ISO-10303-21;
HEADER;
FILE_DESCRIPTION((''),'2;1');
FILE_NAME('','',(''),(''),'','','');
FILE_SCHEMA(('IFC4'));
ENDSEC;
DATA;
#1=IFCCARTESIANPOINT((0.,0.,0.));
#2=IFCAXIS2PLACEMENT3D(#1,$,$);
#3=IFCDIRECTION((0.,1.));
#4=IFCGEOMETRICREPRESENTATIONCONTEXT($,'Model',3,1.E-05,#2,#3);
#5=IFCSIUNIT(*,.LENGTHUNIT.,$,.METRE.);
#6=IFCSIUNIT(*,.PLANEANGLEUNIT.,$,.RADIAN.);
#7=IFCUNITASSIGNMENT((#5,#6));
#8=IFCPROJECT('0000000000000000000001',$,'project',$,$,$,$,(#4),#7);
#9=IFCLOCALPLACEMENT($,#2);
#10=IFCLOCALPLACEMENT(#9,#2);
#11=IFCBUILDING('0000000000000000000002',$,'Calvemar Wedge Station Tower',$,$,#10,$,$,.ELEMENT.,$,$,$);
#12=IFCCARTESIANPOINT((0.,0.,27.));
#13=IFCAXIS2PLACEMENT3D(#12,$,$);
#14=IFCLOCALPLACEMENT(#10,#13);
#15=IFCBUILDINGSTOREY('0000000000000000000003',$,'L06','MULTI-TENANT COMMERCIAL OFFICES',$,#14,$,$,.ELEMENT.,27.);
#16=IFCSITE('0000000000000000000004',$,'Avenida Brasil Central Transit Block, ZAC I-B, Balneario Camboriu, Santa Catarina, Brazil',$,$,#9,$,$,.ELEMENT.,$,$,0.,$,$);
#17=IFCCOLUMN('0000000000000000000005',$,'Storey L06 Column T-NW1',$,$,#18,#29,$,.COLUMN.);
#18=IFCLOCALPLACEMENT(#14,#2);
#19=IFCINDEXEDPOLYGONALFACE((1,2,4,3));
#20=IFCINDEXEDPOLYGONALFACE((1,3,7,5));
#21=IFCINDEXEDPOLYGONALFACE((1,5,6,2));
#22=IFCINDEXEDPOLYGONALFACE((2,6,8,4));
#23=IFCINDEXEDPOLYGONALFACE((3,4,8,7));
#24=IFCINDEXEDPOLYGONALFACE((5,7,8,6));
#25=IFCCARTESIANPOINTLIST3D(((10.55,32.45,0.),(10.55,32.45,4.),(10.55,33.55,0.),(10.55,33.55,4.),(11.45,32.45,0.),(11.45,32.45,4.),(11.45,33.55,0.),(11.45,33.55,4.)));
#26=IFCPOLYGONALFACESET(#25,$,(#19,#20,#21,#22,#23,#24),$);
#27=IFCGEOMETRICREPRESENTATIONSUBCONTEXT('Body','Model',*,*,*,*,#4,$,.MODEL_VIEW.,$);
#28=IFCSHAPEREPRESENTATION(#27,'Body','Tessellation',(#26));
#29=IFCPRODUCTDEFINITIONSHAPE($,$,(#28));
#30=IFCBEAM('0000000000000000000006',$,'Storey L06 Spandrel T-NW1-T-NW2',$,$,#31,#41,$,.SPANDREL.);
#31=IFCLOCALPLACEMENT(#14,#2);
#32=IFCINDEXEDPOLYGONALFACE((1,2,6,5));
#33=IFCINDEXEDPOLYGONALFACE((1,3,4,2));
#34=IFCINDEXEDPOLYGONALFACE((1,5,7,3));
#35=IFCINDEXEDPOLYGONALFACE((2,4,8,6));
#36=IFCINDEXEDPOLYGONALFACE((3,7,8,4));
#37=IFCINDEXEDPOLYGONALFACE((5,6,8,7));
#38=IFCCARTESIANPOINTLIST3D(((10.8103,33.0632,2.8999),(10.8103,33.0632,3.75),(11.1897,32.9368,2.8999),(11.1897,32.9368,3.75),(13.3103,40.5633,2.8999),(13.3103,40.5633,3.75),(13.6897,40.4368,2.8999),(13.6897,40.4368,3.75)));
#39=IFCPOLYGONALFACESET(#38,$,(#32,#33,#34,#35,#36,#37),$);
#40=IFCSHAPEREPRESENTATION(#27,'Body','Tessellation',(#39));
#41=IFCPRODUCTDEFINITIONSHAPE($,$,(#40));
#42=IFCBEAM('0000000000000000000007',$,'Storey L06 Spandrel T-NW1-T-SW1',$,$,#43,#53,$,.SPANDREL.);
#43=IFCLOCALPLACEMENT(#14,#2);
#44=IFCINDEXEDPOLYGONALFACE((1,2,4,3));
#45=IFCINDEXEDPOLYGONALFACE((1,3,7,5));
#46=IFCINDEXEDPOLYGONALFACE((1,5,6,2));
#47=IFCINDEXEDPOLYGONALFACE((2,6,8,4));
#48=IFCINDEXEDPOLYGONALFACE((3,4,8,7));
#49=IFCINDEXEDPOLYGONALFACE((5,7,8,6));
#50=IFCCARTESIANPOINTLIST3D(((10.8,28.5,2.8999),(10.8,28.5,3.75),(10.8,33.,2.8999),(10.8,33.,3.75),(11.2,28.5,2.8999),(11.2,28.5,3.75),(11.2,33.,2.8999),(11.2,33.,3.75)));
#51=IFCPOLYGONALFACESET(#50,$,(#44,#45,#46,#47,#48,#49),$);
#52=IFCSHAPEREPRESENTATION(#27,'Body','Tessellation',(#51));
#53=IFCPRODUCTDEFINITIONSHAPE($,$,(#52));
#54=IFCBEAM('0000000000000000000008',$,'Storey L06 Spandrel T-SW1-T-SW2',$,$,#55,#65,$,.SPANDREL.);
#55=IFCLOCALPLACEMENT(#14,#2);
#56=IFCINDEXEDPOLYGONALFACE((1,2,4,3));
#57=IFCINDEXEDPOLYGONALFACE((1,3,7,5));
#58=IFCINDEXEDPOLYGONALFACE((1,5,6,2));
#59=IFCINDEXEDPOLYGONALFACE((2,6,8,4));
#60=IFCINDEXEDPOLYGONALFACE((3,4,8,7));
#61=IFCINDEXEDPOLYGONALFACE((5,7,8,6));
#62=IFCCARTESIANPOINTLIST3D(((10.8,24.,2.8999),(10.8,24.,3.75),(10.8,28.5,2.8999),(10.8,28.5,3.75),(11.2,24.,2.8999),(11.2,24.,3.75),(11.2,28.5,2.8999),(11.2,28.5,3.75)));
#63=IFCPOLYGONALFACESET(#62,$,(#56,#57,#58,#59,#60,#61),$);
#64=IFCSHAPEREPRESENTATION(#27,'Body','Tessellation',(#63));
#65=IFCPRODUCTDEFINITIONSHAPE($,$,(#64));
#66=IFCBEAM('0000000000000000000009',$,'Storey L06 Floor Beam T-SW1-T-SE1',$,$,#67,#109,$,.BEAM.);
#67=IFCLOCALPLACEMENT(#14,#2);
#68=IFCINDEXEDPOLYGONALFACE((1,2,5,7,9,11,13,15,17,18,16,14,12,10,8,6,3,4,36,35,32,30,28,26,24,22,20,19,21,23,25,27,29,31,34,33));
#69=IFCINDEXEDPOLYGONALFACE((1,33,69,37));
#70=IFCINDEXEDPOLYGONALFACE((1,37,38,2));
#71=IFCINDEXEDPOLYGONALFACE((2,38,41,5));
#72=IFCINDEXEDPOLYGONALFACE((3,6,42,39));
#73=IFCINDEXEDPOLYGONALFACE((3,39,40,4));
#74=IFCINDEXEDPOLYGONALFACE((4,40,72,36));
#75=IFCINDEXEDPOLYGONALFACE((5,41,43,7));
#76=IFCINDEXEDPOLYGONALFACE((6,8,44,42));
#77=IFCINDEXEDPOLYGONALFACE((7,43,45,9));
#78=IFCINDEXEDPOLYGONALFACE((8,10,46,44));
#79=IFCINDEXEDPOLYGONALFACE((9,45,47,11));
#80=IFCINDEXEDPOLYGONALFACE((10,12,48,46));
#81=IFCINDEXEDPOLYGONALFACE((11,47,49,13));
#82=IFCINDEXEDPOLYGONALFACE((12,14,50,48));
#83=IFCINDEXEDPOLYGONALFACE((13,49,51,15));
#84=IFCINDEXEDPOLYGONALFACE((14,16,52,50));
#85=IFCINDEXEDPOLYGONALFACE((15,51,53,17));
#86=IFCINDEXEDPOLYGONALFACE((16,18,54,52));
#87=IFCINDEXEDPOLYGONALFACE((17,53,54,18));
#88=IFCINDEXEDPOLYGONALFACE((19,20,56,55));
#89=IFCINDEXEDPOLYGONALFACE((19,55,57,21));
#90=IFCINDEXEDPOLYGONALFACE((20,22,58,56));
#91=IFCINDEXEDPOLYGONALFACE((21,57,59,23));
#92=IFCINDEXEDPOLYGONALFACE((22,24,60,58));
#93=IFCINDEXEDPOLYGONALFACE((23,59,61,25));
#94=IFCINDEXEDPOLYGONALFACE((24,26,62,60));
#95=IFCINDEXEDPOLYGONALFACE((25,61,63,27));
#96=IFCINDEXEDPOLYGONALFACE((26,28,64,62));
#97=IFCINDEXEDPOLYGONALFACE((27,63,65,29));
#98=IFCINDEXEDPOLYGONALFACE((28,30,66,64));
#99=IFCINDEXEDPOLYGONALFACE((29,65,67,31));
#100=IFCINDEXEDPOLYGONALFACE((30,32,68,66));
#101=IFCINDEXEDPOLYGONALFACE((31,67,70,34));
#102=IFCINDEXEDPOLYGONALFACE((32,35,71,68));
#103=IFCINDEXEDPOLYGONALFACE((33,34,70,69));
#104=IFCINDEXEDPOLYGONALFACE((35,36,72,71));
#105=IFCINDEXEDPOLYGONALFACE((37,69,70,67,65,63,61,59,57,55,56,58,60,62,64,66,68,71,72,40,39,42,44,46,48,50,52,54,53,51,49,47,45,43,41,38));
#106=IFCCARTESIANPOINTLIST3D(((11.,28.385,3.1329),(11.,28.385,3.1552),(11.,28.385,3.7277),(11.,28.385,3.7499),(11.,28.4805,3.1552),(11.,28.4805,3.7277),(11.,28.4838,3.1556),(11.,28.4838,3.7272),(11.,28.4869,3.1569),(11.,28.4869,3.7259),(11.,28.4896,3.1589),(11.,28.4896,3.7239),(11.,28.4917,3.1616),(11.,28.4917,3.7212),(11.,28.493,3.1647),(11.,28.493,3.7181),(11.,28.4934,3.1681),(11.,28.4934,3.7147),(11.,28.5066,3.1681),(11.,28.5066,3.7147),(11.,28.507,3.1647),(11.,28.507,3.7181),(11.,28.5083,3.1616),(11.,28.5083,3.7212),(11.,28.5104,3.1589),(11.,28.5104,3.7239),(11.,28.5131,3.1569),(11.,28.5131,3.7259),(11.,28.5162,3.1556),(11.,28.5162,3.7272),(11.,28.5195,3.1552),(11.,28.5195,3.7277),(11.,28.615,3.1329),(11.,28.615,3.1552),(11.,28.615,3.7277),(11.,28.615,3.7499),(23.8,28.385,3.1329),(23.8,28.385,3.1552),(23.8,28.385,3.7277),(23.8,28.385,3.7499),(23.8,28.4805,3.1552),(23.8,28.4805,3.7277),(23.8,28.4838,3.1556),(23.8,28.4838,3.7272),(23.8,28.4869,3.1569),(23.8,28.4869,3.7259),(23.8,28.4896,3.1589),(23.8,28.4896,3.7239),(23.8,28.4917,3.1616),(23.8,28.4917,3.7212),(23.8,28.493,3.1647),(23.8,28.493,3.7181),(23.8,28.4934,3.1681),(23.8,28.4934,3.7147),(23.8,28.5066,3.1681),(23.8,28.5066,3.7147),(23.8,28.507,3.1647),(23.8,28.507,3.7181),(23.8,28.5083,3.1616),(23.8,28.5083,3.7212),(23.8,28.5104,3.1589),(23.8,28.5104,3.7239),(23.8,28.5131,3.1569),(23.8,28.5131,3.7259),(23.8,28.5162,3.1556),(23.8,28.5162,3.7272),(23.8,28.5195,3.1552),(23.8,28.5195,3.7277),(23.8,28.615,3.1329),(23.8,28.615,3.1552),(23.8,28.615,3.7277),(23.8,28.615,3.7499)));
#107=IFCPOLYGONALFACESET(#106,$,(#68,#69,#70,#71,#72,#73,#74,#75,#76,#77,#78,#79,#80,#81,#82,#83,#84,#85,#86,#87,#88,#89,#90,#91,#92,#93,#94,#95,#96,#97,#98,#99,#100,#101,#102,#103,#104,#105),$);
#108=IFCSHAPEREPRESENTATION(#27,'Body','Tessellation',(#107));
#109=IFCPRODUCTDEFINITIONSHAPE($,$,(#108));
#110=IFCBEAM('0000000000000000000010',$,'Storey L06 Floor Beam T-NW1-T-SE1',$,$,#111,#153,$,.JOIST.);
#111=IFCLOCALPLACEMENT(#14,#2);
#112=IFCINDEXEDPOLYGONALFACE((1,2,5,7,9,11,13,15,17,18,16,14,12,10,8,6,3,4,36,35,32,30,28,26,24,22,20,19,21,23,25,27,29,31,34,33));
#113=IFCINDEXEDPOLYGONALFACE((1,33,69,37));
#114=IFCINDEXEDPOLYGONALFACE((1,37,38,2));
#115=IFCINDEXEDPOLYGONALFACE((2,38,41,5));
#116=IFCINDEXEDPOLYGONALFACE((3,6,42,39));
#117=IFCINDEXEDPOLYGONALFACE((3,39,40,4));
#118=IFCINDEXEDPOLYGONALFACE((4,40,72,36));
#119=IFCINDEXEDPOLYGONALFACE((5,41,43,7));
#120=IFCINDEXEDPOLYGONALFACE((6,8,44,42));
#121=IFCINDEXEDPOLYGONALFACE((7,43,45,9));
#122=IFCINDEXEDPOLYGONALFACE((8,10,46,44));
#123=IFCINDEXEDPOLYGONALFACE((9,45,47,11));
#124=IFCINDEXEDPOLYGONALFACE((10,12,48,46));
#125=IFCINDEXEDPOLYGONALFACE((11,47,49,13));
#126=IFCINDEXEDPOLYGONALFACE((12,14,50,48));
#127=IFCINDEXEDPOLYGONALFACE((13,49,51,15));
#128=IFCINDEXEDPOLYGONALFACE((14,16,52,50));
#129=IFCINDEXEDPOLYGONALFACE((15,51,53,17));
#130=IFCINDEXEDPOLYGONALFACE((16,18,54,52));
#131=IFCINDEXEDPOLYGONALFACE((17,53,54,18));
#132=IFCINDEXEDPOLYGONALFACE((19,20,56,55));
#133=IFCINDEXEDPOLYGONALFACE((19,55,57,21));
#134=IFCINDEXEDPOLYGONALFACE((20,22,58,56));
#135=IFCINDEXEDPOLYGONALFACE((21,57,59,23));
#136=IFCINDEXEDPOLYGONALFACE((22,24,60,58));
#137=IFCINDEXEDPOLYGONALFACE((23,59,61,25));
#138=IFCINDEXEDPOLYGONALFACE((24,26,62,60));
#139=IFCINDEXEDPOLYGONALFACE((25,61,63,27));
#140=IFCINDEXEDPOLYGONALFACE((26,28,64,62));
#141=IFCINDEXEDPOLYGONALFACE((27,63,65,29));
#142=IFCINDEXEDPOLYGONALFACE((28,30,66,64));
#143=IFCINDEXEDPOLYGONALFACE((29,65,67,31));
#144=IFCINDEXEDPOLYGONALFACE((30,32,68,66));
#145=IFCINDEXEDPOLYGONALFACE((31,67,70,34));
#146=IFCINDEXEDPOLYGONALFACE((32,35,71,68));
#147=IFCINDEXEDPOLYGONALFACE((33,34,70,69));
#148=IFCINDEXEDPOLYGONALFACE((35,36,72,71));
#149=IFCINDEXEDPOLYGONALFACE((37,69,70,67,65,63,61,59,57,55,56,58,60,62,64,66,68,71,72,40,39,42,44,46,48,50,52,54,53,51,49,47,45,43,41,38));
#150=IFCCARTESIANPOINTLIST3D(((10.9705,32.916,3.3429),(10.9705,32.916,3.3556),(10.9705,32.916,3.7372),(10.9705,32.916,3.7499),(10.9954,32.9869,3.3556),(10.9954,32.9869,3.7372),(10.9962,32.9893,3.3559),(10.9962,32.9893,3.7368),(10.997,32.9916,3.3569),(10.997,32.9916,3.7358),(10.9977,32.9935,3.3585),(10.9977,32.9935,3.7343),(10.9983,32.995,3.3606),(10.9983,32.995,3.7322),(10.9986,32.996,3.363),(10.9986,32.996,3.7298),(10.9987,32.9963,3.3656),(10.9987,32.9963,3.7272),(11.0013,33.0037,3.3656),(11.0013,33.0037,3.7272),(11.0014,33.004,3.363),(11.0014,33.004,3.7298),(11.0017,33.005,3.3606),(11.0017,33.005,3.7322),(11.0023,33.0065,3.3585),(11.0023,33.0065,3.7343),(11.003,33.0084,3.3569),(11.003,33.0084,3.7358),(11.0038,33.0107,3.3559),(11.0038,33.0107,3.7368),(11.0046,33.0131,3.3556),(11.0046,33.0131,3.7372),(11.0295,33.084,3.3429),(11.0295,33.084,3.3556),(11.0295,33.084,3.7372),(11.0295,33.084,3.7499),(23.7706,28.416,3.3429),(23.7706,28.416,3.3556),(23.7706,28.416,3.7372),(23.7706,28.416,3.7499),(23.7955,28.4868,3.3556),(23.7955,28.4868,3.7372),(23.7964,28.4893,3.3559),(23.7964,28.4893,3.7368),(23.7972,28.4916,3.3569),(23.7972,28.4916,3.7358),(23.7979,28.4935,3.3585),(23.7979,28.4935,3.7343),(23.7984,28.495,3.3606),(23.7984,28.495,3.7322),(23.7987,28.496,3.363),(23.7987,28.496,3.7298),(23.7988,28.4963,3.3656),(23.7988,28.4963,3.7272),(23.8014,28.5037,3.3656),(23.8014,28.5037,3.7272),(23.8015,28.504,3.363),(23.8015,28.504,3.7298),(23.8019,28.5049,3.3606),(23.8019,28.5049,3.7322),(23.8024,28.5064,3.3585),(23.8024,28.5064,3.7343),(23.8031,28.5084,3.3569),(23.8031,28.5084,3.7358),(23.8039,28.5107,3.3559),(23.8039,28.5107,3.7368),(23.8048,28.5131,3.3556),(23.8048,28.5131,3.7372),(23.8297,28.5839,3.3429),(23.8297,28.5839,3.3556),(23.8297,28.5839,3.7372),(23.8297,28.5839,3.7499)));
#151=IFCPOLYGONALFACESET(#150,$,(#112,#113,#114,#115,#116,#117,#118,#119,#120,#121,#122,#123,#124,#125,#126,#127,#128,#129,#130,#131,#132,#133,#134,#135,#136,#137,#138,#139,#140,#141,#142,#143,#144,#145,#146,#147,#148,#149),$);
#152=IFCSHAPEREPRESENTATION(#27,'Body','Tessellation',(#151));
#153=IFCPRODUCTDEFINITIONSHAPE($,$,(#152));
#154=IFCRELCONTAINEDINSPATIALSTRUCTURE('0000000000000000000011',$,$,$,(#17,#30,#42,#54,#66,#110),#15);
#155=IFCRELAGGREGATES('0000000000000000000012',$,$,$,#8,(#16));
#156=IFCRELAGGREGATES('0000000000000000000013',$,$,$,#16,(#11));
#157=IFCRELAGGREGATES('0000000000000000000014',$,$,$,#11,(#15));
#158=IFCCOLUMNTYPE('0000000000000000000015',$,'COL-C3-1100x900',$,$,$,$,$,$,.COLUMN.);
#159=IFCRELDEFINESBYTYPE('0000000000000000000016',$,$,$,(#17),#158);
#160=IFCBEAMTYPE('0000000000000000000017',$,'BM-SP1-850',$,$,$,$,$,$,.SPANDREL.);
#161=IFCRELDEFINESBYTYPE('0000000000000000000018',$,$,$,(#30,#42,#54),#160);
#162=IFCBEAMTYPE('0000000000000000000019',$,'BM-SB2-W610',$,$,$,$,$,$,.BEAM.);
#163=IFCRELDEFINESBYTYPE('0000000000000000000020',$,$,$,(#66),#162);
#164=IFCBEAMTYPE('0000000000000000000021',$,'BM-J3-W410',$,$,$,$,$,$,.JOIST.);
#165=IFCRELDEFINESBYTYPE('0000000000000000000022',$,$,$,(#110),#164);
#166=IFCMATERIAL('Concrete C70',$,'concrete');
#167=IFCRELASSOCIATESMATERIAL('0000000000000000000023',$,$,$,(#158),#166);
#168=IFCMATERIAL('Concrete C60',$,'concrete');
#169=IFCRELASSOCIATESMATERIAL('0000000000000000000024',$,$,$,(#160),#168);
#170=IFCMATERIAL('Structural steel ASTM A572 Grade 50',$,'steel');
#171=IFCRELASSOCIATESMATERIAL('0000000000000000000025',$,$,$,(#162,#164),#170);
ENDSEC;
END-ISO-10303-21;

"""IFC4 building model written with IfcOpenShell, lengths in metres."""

from ifc_helpers import new_model, si_unit, direction, frame, origin, origin_2d, place, context, subcontext, project, spatial, rectangle, i_section, extrude, source, transform, mapped, material, material_profile, profile_set, type_object, element, save


model = new_model("IFC4")

# Units and contexts
model_context = context("Model", 3, precision=1e-05, world=origin(), true_north=direction((0.0, 1.0)))
body_context = subcontext(model_context, "Body", "Model", "MODEL_VIEW")
ifc_project = project(units=[si_unit("LENGTHUNIT", "METRE"), si_unit("PLANEANGLEUNIT", "RADIAN")], contexts=[model_context])

# Site, building, storey
site_placement = place(None, origin())
site = spatial("IfcSite", under=ifc_project, at=site_placement, Name="Avenida Brasil Central Transit Block, ZAC I-B, Balneario Camboriu, Santa Catarina, Brazil", CompositionType="ELEMENT", RefElevation=0.0)
building_placement = place(site_placement, origin())
building = spatial("IfcBuilding", under=site, at=building_placement, Name="Calvemar Wedge Station Tower", CompositionType="ELEMENT")
storey_placement = place(building_placement, frame((0.0, 0.0, 27.0)))
storey = spatial("IfcBuildingStorey", under=building, at=storey_placement, Name="L06", Description="MULTI-TENANT COMMERCIAL OFFICES", CompositionType="ELEMENT", Elevation=27.0)

# Column
ifc_material_1 = material(Name="Concrete C70", Category="concrete")
ifc_material_profile_1 = material_profile(ifc_material_1, rectangle(XDim=0.8999, YDim=1.1001, at=origin_2d()), Name="RC1100x900")
ifc_profile_set_1 = profile_set([ifc_material_profile_1], Name="Concrete C70")
column_type = type_object("IfcColumnType", Name="COL-C3-1100x900", PredefinedType="COLUMN", material=ifc_profile_set_1)
shared_shape_1 = source(origin(), body_context, "Body", "SweptSolid", [
    extrude(rectangle(XDim=0.8999, YDim=1.1001, at=origin_2d()), origin(), (0.0, 0.0, 1.0), 4.0),
])
column_placement = place(storey_placement, frame((11.0, 33.0, 0.0), z_axis=(0.0, 0.0, 1.0), x_axis=(1.0, 0.0, 0.0)))
element("IfcColumn", 1, at=column_placement, inside=storey, type_object=column_type, Name="Storey L06 Column T-NW1", PredefinedType="COLUMN", context=body_context, shape_type="MappedRepresentation", body=[
    mapped(shared_shape_1, transform((0.0, 0.0, 0.0), scale=1.0)),
])

# Beams
ifc_material_2 = material(Name="Concrete C60", Category="concrete")
ifc_material_profile_2 = material_profile(ifc_material_2, rectangle(XDim=0.3999, YDim=0.8501, at=origin_2d()), Name="RC400x850")
ifc_profile_set_2 = profile_set([ifc_material_profile_2], Name="Concrete C60")
beam_type_1 = type_object("IfcBeamType", Name="BM-SP1-850", PredefinedType="SPANDREL", material=ifc_profile_set_2)
shared_shape_2 = source(origin(), body_context, "Body", "SweptSolid", [
    extrude(rectangle(XDim=0.3999, YDim=0.8501, at=origin_2d()), origin(), (0.0, 0.0, 1.0), 7.9058),
])
beam_1_placement = place(storey_placement, frame((11.0, 33.0, 3.325), z_axis=(0.316228, 0.948683, 0.0), x_axis=(-0.948683, 0.316228, 0.0)))
element("IfcBeam", 2, at=beam_1_placement, inside=storey, type_object=beam_type_1, Name="Storey L06 Spandrel T-NW1-T-NW2", PredefinedType="SPANDREL", context=body_context, shape_type="MappedRepresentation", body=[
    mapped(shared_shape_2, transform((0.0, 0.0, 0.0), scale=1.0)),
])
shared_shape_3 = source(origin(), body_context, "Body", "SweptSolid", [
    extrude(rectangle(XDim=0.3999, YDim=0.8501, at=origin_2d()), origin(), (0.0, 0.0, 1.0), 4.5),
])
for number, where, z_axis, x_axis, name in (
    (3, (11.0, 33.0, 3.325), (0.0, -1.0, 0.0), (1.0, 0.0, 0.0), "Storey L06 Spandrel T-NW1-T-SW1"),
    (4, (11.0, 28.5, 3.325), (0.0, -1.0, 0.0), (1.0, 0.0, 0.0), "Storey L06 Spandrel T-SW1-T-SW2"),
):
    element("IfcBeam", number, at=place(storey_placement, frame(where, z_axis=z_axis, x_axis=x_axis)), inside=storey, type_object=beam_type_1, Name=name, PredefinedType="SPANDREL", context=body_context, shape_type="MappedRepresentation", body=[
        mapped(shared_shape_3, transform((0.0, 0.0, 0.0), scale=1.0)),
    ])
ifc_material_3 = material(Name="Structural steel ASTM A572 Grade 50", Category="steel")
ifc_material_profile_3 = material_profile(ifc_material_3, i_section(OverallWidth=0.23, OverallDepth=0.6169, WebThickness=0.0132, FlangeThickness=0.0222, FilletRadius=0.0129, at=origin_2d()), Name="W610x140")
ifc_profile_set_3 = profile_set([ifc_material_profile_3], Name="Structural steel ASTM A572 Grade 50")
beam_type_2 = type_object("IfcBeamType", Name="BM-SB2-W610", PredefinedType="BEAM", material=ifc_profile_set_3)
shared_shape_4 = source(origin(), body_context, "Body", "SweptSolid", [
    extrude(i_section(OverallWidth=0.23, OverallDepth=0.6169, WebThickness=0.0132, FlangeThickness=0.0222, FilletRadius=0.0129, at=origin_2d()), origin(), (0.0, 0.0, 1.0), 12.8),
])
beam_2_placement = place(storey_placement, frame((11.0, 28.5, 3.4414), z_axis=(1.0, 0.0, 0.0), x_axis=(0.0, 1.0, 0.0)))
element("IfcBeam", 5, at=beam_2_placement, inside=storey, type_object=beam_type_2, Name="Storey L06 Floor Beam T-SW1-T-SE1", PredefinedType="BEAM", context=body_context, shape_type="MappedRepresentation", body=[
    mapped(shared_shape_4, transform((0.0, 0.0, 0.0), scale=1.0)),
])
ifc_material_profile_4 = material_profile(ifc_material_3, i_section(OverallWidth=0.178, OverallDepth=0.407, WebThickness=0.0078, FlangeThickness=0.0127, FilletRadius=0.01, at=origin_2d()), Name="W410x60")
ifc_profile_set_4 = profile_set([ifc_material_profile_4], Name="Structural steel ASTM A572 Grade 50")
beam_type_3 = type_object("IfcBeamType", Name="BM-J3-W410", PredefinedType="JOIST", material=ifc_profile_set_4)
shared_shape_5 = source(origin(), body_context, "Body", "SweptSolid", [
    extrude(i_section(OverallWidth=0.178, OverallDepth=0.407, WebThickness=0.0078, FlangeThickness=0.0127, FilletRadius=0.01, at=origin_2d()), origin(), (0.0, 0.0, 1.0), 13.5681),
])
for number, where, z_axis, x_axis, name in (
    (6, (11.0, 33.0, 3.5464), (0.943398, -0.331662, 0.0), (0.331662, 0.943398, 0.0), "Storey L06 Floor Beam T-NW1-T-SE1"),
):
    element("IfcBeam", number, at=place(storey_placement, frame(where, z_axis=z_axis, x_axis=x_axis)), inside=storey, type_object=beam_type_3, Name=name, PredefinedType="JOIST", context=body_context, shape_type="MappedRepresentation", body=[
        mapped(shared_shape_5, transform((0.0, 0.0, 0.0), scale=1.0)),
    ])

save(model, "model.ifc")
